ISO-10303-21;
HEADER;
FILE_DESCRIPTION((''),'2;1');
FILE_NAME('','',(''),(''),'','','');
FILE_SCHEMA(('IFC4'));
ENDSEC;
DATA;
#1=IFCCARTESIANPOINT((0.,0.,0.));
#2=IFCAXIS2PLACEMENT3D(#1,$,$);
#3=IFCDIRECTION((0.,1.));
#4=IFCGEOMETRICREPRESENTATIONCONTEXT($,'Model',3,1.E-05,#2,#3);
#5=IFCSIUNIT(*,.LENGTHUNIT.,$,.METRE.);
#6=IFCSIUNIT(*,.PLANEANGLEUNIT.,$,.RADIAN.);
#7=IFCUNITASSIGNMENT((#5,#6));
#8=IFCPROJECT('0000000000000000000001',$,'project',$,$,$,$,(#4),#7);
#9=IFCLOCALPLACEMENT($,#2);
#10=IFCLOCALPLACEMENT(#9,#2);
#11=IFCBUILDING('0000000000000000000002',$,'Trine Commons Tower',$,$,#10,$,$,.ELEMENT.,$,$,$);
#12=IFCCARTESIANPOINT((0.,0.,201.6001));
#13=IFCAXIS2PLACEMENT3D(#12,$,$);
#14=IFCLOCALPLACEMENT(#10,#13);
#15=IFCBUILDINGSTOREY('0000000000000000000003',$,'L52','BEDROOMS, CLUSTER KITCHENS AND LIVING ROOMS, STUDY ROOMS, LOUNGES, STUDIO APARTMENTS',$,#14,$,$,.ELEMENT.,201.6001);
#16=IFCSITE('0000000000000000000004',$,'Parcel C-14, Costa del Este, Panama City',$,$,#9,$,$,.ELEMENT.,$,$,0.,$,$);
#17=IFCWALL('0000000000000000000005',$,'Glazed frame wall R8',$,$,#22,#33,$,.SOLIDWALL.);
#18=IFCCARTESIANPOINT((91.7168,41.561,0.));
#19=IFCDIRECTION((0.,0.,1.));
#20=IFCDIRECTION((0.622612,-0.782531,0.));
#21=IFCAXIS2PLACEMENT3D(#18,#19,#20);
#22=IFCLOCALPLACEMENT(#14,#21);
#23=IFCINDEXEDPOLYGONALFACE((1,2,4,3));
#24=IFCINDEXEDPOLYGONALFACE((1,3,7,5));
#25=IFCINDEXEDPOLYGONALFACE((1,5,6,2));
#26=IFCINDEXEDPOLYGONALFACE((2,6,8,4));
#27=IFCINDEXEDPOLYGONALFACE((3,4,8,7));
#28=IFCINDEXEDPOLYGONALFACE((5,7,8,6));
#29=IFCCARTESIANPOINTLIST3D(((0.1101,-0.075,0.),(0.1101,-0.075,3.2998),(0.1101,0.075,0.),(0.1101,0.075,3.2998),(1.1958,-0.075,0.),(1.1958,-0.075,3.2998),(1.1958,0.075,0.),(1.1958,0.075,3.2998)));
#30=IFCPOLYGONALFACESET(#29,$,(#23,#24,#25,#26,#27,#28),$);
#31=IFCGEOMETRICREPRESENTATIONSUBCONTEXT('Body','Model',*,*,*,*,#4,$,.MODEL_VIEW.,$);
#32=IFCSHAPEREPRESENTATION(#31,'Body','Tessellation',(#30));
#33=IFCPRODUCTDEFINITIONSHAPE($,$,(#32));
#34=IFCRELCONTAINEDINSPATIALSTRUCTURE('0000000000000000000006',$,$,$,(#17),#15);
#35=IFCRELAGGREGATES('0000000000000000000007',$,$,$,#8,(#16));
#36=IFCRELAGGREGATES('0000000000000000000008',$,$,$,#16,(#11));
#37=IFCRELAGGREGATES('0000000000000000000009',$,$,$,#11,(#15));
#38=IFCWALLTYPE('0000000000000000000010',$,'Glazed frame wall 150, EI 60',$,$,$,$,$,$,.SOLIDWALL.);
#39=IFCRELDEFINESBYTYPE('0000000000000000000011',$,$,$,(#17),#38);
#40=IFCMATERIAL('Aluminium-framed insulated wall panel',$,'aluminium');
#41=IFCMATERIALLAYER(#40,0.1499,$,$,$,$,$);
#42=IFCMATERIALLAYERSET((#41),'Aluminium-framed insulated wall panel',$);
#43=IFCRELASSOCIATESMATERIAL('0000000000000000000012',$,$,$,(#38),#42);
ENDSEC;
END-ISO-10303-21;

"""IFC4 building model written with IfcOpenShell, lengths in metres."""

from ifc_helpers import new_model, si_unit, direction, frame, origin, place, context, subcontext, project, spatial, polyline, outline, extrude, material, layer, layer_set, type_object, element, save


model = new_model("IFC4")

# Units and contexts
model_context = context("Model", 3, precision=1e-05, world=origin(), true_north=direction((0.0, 1.0)))
body_context = subcontext(model_context, "Body", "Model", "MODEL_VIEW")
ifc_project = project(units=[si_unit("LENGTHUNIT", "METRE"), si_unit("PLANEANGLEUNIT", "RADIAN")], contexts=[model_context])

# Site, building, storey
site_placement = place(None, origin())
site = spatial("IfcSite", under=ifc_project, at=site_placement, Name="Parcel C-14, Costa del Este, Panama City", CompositionType="ELEMENT", RefElevation=0.0)
building_placement = place(site_placement, origin())
building = spatial("IfcBuilding", under=site, at=building_placement, Name="Trine Commons Tower", CompositionType="ELEMENT")
storey_placement = place(building_placement, frame((0.0, 0.0, 201.6001)))
storey = spatial("IfcBuildingStorey", under=building, at=storey_placement, Name="L52", Description="BEDROOMS, CLUSTER KITCHENS AND LIVING ROOMS, STUDY ROOMS, LOUNGES, STUDIO APARTMENTS", CompositionType="ELEMENT", Elevation=201.6001)

# Wall
ifc_material_1 = material(Name="Aluminium-framed insulated wall panel", Category="aluminium")
ifc_layer_1 = layer(ifc_material_1, 0.1499)
ifc_layer_set_1 = layer_set([ifc_layer_1], Name="Aluminium-framed insulated wall panel")
wall_type_1 = type_object("IfcWallType", Name="Glazed frame wall 150, EI 60", PredefinedType="SOLIDWALL", material=ifc_layer_set_1)
wall_1_placement = place(storey_placement, frame((91.7168, 41.561, 0.0), z_axis=(0.0, 0.0, 1.0), x_axis=(0.622612, -0.782531, 0.0)))
element("IfcWall", 1, at=wall_1_placement, inside=storey, type_object=wall_type_1, Name="Glazed frame wall R8", PredefinedType="SOLIDWALL", context=body_context, shape_type="SweptSolid", body=[
    extrude(outline(polyline([(0.1101, 0.075), (0.1101, -0.075), (1.1958, -0.075), (1.1958, 0.075), (0.1101, 0.075)])), origin(), (0.0, 0.0, 1.0), 3.2998),
])

save(model, "model.ifc")
